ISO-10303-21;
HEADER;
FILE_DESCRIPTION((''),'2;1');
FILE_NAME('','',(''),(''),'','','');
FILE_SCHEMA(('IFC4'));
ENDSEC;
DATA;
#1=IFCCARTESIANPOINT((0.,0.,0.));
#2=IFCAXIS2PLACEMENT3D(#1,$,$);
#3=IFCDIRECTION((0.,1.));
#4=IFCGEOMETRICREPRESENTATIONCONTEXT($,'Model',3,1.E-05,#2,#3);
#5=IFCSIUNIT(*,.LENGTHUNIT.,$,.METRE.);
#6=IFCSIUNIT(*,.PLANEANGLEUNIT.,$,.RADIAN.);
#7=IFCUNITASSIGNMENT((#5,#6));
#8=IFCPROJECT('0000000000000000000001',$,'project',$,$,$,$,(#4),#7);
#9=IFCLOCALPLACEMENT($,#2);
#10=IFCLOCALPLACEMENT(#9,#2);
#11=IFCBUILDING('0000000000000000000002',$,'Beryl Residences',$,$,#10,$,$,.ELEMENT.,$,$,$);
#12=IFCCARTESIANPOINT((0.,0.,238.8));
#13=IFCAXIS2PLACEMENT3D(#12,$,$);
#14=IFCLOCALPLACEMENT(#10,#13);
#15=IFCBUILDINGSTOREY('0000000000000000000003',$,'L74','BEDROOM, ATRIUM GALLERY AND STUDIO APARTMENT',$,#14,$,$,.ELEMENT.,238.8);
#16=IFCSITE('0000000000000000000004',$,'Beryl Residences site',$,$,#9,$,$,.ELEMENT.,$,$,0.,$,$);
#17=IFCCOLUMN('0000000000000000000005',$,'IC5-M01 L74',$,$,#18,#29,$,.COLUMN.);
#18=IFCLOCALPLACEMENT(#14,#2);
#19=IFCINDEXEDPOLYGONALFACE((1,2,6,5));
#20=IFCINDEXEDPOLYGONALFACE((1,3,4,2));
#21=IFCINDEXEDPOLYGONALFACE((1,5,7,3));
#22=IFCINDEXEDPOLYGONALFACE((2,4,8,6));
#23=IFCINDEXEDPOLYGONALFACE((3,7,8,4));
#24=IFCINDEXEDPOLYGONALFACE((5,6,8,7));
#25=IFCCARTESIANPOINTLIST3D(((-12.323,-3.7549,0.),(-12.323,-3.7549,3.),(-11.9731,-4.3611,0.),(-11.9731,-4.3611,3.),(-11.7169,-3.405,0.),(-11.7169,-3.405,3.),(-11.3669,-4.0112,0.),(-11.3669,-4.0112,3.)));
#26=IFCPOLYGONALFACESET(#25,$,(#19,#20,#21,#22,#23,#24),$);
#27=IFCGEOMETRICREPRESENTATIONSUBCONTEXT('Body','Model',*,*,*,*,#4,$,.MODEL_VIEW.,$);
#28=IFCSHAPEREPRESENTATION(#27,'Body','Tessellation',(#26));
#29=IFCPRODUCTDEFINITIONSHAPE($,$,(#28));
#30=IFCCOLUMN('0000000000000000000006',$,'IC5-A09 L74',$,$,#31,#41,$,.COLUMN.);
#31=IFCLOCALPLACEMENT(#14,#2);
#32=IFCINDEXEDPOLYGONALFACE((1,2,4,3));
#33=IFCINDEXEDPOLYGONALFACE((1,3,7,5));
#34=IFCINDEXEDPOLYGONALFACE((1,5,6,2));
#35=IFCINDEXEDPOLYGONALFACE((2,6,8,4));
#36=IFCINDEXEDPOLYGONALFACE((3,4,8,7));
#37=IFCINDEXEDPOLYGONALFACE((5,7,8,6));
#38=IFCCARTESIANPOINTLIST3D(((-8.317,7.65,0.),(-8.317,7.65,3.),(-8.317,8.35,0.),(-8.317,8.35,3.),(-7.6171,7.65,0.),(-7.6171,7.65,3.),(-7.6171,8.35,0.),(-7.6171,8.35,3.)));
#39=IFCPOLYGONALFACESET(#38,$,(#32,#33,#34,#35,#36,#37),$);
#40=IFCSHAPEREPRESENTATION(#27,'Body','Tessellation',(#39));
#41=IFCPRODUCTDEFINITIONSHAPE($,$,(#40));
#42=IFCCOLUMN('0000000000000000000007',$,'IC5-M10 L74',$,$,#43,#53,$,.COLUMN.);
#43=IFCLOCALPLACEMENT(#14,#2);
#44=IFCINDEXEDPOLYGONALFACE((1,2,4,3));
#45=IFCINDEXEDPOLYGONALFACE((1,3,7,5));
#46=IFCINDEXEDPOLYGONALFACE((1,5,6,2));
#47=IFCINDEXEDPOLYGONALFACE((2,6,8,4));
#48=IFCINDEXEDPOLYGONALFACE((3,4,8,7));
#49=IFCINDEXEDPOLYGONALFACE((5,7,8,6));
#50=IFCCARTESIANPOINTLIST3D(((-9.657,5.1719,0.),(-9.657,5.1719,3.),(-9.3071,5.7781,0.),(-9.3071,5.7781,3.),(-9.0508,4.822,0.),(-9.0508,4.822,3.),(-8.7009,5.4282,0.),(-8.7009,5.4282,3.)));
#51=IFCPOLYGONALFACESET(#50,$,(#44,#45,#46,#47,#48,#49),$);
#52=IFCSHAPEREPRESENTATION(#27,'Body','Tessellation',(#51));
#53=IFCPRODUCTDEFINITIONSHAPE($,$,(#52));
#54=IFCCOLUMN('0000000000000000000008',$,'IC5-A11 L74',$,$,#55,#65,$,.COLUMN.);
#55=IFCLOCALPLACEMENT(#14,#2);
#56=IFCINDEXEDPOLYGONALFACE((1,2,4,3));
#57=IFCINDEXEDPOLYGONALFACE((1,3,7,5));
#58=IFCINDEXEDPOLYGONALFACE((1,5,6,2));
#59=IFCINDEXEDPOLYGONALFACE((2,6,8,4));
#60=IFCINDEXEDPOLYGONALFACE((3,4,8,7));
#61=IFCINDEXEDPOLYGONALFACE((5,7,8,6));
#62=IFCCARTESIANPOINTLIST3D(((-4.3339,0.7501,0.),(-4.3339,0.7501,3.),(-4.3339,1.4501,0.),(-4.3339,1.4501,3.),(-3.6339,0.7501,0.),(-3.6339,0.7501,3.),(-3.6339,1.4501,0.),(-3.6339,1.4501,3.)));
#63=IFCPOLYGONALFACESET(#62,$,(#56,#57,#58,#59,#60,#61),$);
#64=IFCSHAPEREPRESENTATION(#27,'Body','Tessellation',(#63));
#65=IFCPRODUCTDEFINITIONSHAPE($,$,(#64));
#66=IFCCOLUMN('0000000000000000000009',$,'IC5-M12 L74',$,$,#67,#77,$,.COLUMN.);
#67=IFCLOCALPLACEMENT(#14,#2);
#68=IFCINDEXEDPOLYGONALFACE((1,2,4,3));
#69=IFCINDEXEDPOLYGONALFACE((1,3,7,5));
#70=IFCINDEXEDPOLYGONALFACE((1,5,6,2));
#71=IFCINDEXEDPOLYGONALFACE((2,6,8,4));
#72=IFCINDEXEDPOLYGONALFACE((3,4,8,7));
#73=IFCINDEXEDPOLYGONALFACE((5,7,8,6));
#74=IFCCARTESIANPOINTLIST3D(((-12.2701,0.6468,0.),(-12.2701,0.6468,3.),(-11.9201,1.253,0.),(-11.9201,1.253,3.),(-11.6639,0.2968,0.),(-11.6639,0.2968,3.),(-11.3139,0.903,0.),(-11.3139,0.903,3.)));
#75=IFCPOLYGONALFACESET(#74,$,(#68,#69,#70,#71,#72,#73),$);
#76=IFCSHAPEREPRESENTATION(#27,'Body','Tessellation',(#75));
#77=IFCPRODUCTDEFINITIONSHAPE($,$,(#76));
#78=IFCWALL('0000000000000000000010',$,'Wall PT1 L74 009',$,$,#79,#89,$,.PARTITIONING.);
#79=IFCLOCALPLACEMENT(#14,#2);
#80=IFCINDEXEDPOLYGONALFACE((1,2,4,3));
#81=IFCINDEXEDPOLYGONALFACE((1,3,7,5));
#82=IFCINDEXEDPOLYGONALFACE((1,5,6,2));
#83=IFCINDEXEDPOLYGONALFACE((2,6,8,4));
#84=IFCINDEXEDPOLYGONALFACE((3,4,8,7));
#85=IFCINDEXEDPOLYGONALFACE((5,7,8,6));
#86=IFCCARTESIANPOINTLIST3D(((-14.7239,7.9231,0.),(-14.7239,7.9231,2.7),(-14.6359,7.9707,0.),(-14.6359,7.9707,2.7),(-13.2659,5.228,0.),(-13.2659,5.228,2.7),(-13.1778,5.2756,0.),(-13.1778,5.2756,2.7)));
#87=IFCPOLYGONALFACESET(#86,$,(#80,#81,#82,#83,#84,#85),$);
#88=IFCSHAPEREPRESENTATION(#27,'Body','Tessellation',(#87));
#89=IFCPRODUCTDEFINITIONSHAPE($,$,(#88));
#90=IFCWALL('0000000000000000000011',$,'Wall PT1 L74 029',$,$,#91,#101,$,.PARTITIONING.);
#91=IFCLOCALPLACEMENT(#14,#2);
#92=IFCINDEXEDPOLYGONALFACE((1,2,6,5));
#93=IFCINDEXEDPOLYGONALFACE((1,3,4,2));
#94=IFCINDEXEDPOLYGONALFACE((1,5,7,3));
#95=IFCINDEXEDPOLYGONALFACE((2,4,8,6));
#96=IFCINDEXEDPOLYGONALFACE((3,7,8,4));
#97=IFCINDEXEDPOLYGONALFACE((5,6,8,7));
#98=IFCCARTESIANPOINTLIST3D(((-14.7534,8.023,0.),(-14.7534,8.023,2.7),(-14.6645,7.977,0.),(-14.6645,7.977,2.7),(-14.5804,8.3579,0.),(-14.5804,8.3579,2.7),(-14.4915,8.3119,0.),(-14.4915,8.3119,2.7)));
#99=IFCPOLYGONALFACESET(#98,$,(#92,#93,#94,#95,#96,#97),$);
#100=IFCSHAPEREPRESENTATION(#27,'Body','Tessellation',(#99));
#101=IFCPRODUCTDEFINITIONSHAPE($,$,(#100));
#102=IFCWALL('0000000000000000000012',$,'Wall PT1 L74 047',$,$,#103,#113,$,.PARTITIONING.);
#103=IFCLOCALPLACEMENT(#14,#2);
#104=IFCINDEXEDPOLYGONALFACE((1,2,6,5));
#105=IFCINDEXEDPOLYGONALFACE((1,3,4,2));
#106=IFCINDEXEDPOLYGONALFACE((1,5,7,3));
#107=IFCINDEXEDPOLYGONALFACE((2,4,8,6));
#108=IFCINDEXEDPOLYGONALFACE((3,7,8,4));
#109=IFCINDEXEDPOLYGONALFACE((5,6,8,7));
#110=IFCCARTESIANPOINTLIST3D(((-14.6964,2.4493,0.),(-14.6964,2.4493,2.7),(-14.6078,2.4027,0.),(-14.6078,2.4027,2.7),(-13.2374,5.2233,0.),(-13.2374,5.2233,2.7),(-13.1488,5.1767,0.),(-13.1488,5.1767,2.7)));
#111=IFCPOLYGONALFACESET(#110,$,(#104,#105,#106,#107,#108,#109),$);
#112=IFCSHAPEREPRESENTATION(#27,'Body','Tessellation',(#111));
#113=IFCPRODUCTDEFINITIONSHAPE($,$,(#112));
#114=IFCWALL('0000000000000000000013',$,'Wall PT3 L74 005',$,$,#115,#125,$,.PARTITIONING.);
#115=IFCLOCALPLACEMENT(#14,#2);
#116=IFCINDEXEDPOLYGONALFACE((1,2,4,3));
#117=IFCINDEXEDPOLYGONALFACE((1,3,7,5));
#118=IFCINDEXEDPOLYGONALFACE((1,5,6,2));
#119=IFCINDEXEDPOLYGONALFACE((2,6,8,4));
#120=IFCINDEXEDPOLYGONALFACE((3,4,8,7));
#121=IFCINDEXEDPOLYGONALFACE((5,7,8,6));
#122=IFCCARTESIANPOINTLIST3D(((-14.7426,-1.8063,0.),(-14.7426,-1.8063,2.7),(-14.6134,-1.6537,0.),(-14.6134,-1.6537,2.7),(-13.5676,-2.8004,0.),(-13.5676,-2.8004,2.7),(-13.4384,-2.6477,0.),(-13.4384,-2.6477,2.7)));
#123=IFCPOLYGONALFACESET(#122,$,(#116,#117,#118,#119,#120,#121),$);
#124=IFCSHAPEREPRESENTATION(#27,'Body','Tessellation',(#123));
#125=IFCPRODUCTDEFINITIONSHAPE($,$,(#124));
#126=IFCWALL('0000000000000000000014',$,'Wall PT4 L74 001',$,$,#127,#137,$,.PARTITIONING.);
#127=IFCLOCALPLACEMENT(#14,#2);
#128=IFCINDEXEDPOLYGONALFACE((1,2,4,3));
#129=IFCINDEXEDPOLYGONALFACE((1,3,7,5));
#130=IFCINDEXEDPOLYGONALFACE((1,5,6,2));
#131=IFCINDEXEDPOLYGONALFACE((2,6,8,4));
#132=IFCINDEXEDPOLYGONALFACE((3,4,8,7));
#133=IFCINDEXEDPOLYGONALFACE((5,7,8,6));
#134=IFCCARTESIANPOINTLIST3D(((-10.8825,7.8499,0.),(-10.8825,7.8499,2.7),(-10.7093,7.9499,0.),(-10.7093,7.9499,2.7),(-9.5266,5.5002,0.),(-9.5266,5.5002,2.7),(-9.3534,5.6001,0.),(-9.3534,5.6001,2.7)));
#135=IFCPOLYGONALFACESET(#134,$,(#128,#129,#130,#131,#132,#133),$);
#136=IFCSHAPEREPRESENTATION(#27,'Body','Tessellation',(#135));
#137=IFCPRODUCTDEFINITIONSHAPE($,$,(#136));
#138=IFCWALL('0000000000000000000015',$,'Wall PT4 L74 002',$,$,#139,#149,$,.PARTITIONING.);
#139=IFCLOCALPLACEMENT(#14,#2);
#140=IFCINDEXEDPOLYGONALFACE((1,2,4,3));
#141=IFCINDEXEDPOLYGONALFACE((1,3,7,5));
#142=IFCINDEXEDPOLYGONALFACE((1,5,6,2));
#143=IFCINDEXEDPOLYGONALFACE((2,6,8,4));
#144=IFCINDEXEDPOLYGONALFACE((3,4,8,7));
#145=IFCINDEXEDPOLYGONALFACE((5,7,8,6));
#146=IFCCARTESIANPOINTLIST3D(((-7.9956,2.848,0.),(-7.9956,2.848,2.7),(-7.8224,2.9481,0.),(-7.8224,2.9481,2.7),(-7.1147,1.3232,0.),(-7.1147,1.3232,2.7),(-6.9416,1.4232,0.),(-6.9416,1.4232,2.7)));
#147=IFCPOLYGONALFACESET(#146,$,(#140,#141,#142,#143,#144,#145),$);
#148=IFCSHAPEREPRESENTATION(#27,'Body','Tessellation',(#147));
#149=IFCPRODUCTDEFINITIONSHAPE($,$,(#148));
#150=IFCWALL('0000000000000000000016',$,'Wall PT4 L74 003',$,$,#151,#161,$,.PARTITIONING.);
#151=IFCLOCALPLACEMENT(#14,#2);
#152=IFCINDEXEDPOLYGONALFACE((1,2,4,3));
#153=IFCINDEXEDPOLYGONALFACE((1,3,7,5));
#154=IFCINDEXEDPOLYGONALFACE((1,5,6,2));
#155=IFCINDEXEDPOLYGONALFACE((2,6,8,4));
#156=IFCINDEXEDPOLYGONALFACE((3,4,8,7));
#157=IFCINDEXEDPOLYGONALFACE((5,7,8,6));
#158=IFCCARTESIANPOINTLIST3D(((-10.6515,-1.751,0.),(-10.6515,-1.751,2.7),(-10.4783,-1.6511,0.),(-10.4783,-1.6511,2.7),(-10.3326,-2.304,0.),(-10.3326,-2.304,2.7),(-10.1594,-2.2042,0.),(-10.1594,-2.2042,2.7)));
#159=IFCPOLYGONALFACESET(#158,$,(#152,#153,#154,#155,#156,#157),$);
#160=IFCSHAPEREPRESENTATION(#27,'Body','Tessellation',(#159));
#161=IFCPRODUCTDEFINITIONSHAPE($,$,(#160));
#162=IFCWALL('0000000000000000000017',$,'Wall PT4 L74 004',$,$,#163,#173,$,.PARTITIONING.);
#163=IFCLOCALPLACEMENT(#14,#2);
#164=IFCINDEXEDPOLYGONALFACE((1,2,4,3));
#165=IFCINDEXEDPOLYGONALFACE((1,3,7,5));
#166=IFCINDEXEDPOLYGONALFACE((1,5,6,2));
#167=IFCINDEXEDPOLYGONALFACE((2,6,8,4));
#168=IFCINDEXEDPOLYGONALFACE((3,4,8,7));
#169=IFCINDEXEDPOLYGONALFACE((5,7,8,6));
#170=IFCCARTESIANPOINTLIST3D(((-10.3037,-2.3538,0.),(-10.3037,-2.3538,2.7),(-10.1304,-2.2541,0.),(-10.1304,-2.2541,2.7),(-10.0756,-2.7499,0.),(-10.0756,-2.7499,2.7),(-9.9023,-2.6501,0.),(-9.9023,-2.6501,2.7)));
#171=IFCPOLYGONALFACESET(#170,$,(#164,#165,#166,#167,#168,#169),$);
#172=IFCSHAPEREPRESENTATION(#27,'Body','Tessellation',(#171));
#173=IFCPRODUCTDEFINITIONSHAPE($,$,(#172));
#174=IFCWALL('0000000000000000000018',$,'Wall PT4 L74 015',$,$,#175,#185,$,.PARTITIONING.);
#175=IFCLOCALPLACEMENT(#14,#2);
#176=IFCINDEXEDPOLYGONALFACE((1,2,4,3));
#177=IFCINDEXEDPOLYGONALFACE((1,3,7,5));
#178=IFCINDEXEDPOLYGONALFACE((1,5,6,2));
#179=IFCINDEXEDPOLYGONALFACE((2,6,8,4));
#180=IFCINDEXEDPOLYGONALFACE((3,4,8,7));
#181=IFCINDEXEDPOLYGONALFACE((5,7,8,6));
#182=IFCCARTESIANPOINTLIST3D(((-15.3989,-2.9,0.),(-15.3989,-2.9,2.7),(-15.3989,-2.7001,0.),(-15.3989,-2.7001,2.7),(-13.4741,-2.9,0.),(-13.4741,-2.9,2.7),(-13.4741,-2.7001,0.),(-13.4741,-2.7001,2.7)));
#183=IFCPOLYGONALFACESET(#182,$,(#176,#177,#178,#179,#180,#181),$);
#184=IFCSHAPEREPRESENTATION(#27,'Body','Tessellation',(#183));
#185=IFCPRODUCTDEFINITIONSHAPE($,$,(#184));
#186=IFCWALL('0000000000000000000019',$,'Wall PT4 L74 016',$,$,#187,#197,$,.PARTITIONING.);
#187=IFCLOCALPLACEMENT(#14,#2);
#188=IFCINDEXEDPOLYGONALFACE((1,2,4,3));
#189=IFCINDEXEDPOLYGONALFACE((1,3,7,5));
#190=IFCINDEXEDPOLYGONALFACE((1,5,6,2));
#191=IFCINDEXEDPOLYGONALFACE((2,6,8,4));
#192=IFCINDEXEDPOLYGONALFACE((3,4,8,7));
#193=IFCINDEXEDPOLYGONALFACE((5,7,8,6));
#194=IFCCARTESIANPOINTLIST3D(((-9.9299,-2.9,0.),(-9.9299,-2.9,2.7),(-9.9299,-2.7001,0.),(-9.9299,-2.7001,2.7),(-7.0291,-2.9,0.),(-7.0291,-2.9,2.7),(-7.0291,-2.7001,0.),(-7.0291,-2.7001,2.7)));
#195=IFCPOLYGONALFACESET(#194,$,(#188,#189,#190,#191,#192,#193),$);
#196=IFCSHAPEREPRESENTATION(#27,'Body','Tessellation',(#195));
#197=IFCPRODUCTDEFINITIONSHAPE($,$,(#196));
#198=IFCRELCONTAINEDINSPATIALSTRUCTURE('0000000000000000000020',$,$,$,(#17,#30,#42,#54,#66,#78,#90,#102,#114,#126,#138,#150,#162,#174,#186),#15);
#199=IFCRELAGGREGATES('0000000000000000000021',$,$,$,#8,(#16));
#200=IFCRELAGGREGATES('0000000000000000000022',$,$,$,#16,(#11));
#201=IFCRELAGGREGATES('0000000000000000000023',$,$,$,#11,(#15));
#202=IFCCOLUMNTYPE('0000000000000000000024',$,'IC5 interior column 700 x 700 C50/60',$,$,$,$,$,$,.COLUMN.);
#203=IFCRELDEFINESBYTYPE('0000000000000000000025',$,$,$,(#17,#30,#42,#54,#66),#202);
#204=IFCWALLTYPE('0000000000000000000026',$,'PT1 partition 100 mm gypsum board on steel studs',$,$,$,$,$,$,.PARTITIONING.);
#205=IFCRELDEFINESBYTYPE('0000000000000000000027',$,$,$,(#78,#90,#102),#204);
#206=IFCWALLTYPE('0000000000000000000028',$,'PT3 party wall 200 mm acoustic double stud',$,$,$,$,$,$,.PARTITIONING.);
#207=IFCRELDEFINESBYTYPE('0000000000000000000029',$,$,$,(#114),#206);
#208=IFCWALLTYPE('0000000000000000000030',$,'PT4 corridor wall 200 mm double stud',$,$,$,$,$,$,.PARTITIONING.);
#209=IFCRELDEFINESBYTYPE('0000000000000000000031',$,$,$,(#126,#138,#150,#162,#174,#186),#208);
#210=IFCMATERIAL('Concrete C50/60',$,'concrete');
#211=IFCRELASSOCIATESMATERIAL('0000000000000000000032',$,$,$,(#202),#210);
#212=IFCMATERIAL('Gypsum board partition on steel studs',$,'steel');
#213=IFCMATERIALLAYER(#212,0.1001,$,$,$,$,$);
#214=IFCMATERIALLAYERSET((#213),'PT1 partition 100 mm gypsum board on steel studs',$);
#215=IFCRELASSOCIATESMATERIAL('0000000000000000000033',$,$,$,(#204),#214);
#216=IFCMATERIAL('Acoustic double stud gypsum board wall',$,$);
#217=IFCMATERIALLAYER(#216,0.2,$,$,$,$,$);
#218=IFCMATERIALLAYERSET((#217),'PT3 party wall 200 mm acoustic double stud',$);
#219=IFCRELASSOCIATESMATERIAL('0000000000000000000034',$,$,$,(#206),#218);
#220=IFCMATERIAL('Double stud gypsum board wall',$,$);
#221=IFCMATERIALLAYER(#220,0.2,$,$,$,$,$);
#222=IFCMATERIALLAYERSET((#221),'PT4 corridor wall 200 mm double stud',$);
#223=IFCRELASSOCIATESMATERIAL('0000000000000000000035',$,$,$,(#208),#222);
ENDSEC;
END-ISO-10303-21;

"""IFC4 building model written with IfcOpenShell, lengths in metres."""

from ifc_helpers import new_model, si_unit, direction, frame, frame_2d, origin, origin_2d, place, context, subcontext, project, spatial, rectangle, extrude, material, layer, layer_set, material_profile, profile_set, type_object, element, save


model = new_model("IFC4")

# Units and contexts
model_context = context("Model", 3, precision=1e-05, world=origin(), true_north=direction((0.0, 1.0)))
body_context = subcontext(model_context, "Body", "Model", "MODEL_VIEW")
ifc_project = project(units=[si_unit("LENGTHUNIT", "METRE"), si_unit("PLANEANGLEUNIT", "RADIAN")], contexts=[model_context])

# Site, building, storey
site_placement = place(None, origin())
site = spatial("IfcSite", under=ifc_project, at=site_placement, Name="Beryl Residences site", CompositionType="ELEMENT", RefElevation=0.0)
building_placement = place(site_placement, origin())
building = spatial("IfcBuilding", under=site, at=building_placement, Name="Beryl Residences", CompositionType="ELEMENT")
storey_placement = place(building_placement, frame((0.0, 0.0, 238.8)))
storey = spatial("IfcBuildingStorey", under=building, at=storey_placement, Name="L74", Description="BEDROOM, ATRIUM GALLERY AND STUDIO APARTMENT", CompositionType="ELEMENT", Elevation=238.8)

# Columns
ifc_material_1 = material(Name="Concrete C50/60", Category="concrete")
ifc_material_profile = material_profile(ifc_material_1, rectangle(XDim=0.7, YDim=0.7, at=origin_2d()))
ifc_profile_set = profile_set([ifc_material_profile], Name="Concrete C50/60")
column_type = type_object("IfcColumnType", Name="IC5 interior column 700 x 700 C50/60", PredefinedType="COLUMN", material=ifc_profile_set)
for number, where, z_axis, x_axis, name in (
    (1, (-11.845, -3.8831, 0.0), (0.0, 0.0, 1.0), (0.499985, -0.866034, 0.0), "IC5-M01 L74"),
    (2, (-7.967, 8.0, 0.0), (0.0, 0.0, 1.0), (1.0, 0.0, 0.0), "IC5-A09 L74"),
    (3, (-9.179, 5.3, 0.0), (0.0, 0.0, 1.0), (-0.49997, -0.866043, 0.0), "IC5-M10 L74"),
    (4, (-3.9839, 1.1001, 0.0), (0.0, 0.0, 1.0), (1.0, 0.0, 0.0), "IC5-A11 L74"),
    (5, (-11.792, 0.7749, 0.0), (0.0, 0.0, 1.0), (-0.49997, -0.866043, 0.0), "IC5-M12 L74"),
):
    element("IfcColumn", number, at=place(storey_placement, frame(where, z_axis=z_axis, x_axis=x_axis)), inside=storey, type_object=column_type, Name=name, PredefinedType="COLUMN", context=body_context, shape_type="SweptSolid", body=[
        extrude(rectangle(XDim=0.7, YDim=0.7, at=origin_2d()), origin(), (0.0, 0.0, 1.0), 3.0),
    ])

# Walls
ifc_material_2 = material(Name="Gypsum board partition on steel studs", Category="steel")
ifc_layer_1 = layer(ifc_material_2, 0.1001)
ifc_layer_set_1 = layer_set([ifc_layer_1], Name="PT1 partition 100 mm gypsum board on steel studs")
wall_type_1 = type_object("IfcWallType", Name="PT1 partition 100 mm gypsum board on steel studs", PredefinedType="PARTITIONING", material=ifc_layer_set_1)
wall_1_placement = place(storey_placement, frame((-14.6799, 7.947, 0.0), z_axis=(0.0, 0.0, 1.0), x_axis=(0.475824, -0.879541, 0.0)))
element("IfcWall", 6, at=wall_1_placement, inside=storey, type_object=wall_type_1, Name="Wall PT1 L74 009", PredefinedType="PARTITIONING", context=body_context, shape_type="SweptSolid", body=[
    extrude(rectangle(XDim=3.0642, YDim=0.1001, at=frame_2d((1.5322, 0.0))), origin(), (0.0, 0.0, 1.0), 2.7),
])
wall_2_placement = place(storey_placement, frame((-14.709, 8.0, 0.0), z_axis=(0.0, 0.0, 1.0), x_axis=(0.459088, 0.888391, 0.0)))
element("IfcWall", 7, at=wall_2_placement, inside=storey, type_object=wall_type_1, Name="Wall PT1 L74 029", PredefinedType="PARTITIONING", context=body_context, shape_type="SweptSolid", body=[
    extrude(rectangle(XDim=0.377, YDim=0.1001, at=frame_2d((0.1885, 0.0))), origin(), (0.0, 0.0, 1.0), 2.7),
])
wall_3_placement = place(storey_placement, frame((-14.6521, 2.426, 0.0), z_axis=(0.0, 0.0, 1.0), x_axis=(0.465502, 0.885047, 0.0)))
element("IfcWall", 8, at=wall_3_placement, inside=storey, type_object=wall_type_1, Name="Wall PT1 L74 047", PredefinedType="PARTITIONING", context=body_context, shape_type="SweptSolid", body=[
    extrude(rectangle(XDim=3.1343, YDim=0.1001, at=frame_2d((1.5671, 0.0))), origin(), (0.0, 0.0, 1.0), 2.7),
])
ifc_material_3 = material(Name="Acoustic double stud gypsum board wall")
ifc_layer_2 = layer(ifc_material_3, 0.2)
ifc_layer_set_2 = layer_set([ifc_layer_2], Name="PT3 party wall 200 mm acoustic double stud")
wall_type_2 = type_object("IfcWallType", Name="PT3 party wall 200 mm acoustic double stud", PredefinedType="PARTITIONING", material=ifc_layer_set_2)
wall_4_placement = place(storey_placement, frame((-14.678, -1.73, 0.0), z_axis=(0.0, 0.0, 1.0), x_axis=(0.763428, -0.645892, 0.0)))
element("IfcWall", 9, at=wall_4_placement, inside=storey, type_object=wall_type_2, Name="Wall PT3 L74 005", PredefinedType="PARTITIONING", context=body_context, shape_type="SweptSolid", body=[
    extrude(rectangle(XDim=1.5391, YDim=0.2, at=frame_2d((0.7695, 0.0))), origin(), (0.0, 0.0, 1.0), 2.7),
])
ifc_material_4 = material(Name="Double stud gypsum board wall")
ifc_layer_3 = layer(ifc_material_4, 0.2)
ifc_layer_set_3 = layer_set([ifc_layer_3], Name="PT4 corridor wall 200 mm double stud")
wall_type_3 = type_object("IfcWallType", Name="PT4 corridor wall 200 mm double stud", PredefinedType="PARTITIONING", material=ifc_layer_set_3)
wall_5_placement = place(storey_placement, frame((-10.7959, 7.8999, 0.0), z_axis=(0.0, 0.0, 1.0), x_axis=(0.499798, -0.866142, 0.0)))
element("IfcWall", 10, at=wall_5_placement, inside=storey, type_object=wall_type_3, Name="Wall PT4 L74 001", PredefinedType="PARTITIONING", context=body_context, shape_type="SweptSolid", body=[
    extrude(rectangle(XDim=2.7129, YDim=0.2, at=frame_2d((1.3564, 0.0))), origin(), (0.0, 0.0, 1.0), 2.7),
])
wall_6_placement = place(storey_placement, frame((-7.9089, 2.8979, 0.0), z_axis=(0.0, 0.0, 1.0), x_axis=(0.500194, -0.865913, 0.0)))
element("IfcWall", 11, at=wall_6_placement, inside=storey, type_object=wall_type_3, Name="Wall PT4 L74 002", PredefinedType="PARTITIONING", context=body_context, shape_type="SweptSolid", body=[
    extrude(rectangle(XDim=1.761, YDim=0.2, at=frame_2d((0.8804, 0.0))), origin(), (0.0, 0.0, 1.0), 2.7),
])
wall_7_placement = place(storey_placement, frame((-10.5649, -1.7009, 0.0), z_axis=(0.0, 0.0, 1.0), x_axis=(0.499513, -0.866307, 0.0)))
element("IfcWall", 12, at=wall_7_placement, inside=storey, type_object=wall_type_3, Name="Wall PT4 L74 003", PredefinedType="PARTITIONING", context=body_context, shape_type="SweptSolid", body=[
    extrude(rectangle(XDim=0.6384, YDim=0.2, at=frame_2d((0.3193, 0.0))), origin(), (0.0, 0.0, 1.0), 2.7),
])
wall_8_placement = place(storey_placement, frame((-10.217, -2.304, 0.0), z_axis=(0.0, 0.0, 1.0), x_axis=(0.499013, -0.866594, 0.0)))
element("IfcWall", 13, at=wall_8_placement, inside=storey, type_object=wall_type_3, Name="Wall PT4 L74 004", PredefinedType="PARTITIONING", context=body_context, shape_type="SweptSolid", body=[
    extrude(rectangle(XDim=0.457, YDim=0.2, at=frame_2d((0.2285, 0.0))), origin(), (0.0, 0.0, 1.0), 2.7),
])
wall_9_placement = place(storey_placement, frame((-15.3989, -2.8, 0.0), z_axis=(0.0, 0.0, 1.0), x_axis=(1.0, 0.0, 0.0)))
element("IfcWall", 14, at=wall_9_placement, inside=storey, type_object=wall_type_3, Name="Wall PT4 L74 015", PredefinedType="PARTITIONING", context=body_context, shape_type="SweptSolid", body=[
    extrude(rectangle(XDim=1.9248, YDim=0.2, at=frame_2d((0.9624, 0.0))), origin(), (0.0, 0.0, 1.0), 2.7),
])
wall_10_placement = place(storey_placement, frame((-9.9299, -2.8, 0.0), z_axis=(0.0, 0.0, 1.0), x_axis=(1.0, 0.0, 0.0)))
element("IfcWall", 15, at=wall_10_placement, inside=storey, type_object=wall_type_3, Name="Wall PT4 L74 016", PredefinedType="PARTITIONING", context=body_context, shape_type="SweptSolid", body=[
    extrude(rectangle(XDim=2.9009, YDim=0.2, at=frame_2d((1.4504, 0.0))), origin(), (0.0, 0.0, 1.0), 2.7),
])

save(model, "model.ifc")
